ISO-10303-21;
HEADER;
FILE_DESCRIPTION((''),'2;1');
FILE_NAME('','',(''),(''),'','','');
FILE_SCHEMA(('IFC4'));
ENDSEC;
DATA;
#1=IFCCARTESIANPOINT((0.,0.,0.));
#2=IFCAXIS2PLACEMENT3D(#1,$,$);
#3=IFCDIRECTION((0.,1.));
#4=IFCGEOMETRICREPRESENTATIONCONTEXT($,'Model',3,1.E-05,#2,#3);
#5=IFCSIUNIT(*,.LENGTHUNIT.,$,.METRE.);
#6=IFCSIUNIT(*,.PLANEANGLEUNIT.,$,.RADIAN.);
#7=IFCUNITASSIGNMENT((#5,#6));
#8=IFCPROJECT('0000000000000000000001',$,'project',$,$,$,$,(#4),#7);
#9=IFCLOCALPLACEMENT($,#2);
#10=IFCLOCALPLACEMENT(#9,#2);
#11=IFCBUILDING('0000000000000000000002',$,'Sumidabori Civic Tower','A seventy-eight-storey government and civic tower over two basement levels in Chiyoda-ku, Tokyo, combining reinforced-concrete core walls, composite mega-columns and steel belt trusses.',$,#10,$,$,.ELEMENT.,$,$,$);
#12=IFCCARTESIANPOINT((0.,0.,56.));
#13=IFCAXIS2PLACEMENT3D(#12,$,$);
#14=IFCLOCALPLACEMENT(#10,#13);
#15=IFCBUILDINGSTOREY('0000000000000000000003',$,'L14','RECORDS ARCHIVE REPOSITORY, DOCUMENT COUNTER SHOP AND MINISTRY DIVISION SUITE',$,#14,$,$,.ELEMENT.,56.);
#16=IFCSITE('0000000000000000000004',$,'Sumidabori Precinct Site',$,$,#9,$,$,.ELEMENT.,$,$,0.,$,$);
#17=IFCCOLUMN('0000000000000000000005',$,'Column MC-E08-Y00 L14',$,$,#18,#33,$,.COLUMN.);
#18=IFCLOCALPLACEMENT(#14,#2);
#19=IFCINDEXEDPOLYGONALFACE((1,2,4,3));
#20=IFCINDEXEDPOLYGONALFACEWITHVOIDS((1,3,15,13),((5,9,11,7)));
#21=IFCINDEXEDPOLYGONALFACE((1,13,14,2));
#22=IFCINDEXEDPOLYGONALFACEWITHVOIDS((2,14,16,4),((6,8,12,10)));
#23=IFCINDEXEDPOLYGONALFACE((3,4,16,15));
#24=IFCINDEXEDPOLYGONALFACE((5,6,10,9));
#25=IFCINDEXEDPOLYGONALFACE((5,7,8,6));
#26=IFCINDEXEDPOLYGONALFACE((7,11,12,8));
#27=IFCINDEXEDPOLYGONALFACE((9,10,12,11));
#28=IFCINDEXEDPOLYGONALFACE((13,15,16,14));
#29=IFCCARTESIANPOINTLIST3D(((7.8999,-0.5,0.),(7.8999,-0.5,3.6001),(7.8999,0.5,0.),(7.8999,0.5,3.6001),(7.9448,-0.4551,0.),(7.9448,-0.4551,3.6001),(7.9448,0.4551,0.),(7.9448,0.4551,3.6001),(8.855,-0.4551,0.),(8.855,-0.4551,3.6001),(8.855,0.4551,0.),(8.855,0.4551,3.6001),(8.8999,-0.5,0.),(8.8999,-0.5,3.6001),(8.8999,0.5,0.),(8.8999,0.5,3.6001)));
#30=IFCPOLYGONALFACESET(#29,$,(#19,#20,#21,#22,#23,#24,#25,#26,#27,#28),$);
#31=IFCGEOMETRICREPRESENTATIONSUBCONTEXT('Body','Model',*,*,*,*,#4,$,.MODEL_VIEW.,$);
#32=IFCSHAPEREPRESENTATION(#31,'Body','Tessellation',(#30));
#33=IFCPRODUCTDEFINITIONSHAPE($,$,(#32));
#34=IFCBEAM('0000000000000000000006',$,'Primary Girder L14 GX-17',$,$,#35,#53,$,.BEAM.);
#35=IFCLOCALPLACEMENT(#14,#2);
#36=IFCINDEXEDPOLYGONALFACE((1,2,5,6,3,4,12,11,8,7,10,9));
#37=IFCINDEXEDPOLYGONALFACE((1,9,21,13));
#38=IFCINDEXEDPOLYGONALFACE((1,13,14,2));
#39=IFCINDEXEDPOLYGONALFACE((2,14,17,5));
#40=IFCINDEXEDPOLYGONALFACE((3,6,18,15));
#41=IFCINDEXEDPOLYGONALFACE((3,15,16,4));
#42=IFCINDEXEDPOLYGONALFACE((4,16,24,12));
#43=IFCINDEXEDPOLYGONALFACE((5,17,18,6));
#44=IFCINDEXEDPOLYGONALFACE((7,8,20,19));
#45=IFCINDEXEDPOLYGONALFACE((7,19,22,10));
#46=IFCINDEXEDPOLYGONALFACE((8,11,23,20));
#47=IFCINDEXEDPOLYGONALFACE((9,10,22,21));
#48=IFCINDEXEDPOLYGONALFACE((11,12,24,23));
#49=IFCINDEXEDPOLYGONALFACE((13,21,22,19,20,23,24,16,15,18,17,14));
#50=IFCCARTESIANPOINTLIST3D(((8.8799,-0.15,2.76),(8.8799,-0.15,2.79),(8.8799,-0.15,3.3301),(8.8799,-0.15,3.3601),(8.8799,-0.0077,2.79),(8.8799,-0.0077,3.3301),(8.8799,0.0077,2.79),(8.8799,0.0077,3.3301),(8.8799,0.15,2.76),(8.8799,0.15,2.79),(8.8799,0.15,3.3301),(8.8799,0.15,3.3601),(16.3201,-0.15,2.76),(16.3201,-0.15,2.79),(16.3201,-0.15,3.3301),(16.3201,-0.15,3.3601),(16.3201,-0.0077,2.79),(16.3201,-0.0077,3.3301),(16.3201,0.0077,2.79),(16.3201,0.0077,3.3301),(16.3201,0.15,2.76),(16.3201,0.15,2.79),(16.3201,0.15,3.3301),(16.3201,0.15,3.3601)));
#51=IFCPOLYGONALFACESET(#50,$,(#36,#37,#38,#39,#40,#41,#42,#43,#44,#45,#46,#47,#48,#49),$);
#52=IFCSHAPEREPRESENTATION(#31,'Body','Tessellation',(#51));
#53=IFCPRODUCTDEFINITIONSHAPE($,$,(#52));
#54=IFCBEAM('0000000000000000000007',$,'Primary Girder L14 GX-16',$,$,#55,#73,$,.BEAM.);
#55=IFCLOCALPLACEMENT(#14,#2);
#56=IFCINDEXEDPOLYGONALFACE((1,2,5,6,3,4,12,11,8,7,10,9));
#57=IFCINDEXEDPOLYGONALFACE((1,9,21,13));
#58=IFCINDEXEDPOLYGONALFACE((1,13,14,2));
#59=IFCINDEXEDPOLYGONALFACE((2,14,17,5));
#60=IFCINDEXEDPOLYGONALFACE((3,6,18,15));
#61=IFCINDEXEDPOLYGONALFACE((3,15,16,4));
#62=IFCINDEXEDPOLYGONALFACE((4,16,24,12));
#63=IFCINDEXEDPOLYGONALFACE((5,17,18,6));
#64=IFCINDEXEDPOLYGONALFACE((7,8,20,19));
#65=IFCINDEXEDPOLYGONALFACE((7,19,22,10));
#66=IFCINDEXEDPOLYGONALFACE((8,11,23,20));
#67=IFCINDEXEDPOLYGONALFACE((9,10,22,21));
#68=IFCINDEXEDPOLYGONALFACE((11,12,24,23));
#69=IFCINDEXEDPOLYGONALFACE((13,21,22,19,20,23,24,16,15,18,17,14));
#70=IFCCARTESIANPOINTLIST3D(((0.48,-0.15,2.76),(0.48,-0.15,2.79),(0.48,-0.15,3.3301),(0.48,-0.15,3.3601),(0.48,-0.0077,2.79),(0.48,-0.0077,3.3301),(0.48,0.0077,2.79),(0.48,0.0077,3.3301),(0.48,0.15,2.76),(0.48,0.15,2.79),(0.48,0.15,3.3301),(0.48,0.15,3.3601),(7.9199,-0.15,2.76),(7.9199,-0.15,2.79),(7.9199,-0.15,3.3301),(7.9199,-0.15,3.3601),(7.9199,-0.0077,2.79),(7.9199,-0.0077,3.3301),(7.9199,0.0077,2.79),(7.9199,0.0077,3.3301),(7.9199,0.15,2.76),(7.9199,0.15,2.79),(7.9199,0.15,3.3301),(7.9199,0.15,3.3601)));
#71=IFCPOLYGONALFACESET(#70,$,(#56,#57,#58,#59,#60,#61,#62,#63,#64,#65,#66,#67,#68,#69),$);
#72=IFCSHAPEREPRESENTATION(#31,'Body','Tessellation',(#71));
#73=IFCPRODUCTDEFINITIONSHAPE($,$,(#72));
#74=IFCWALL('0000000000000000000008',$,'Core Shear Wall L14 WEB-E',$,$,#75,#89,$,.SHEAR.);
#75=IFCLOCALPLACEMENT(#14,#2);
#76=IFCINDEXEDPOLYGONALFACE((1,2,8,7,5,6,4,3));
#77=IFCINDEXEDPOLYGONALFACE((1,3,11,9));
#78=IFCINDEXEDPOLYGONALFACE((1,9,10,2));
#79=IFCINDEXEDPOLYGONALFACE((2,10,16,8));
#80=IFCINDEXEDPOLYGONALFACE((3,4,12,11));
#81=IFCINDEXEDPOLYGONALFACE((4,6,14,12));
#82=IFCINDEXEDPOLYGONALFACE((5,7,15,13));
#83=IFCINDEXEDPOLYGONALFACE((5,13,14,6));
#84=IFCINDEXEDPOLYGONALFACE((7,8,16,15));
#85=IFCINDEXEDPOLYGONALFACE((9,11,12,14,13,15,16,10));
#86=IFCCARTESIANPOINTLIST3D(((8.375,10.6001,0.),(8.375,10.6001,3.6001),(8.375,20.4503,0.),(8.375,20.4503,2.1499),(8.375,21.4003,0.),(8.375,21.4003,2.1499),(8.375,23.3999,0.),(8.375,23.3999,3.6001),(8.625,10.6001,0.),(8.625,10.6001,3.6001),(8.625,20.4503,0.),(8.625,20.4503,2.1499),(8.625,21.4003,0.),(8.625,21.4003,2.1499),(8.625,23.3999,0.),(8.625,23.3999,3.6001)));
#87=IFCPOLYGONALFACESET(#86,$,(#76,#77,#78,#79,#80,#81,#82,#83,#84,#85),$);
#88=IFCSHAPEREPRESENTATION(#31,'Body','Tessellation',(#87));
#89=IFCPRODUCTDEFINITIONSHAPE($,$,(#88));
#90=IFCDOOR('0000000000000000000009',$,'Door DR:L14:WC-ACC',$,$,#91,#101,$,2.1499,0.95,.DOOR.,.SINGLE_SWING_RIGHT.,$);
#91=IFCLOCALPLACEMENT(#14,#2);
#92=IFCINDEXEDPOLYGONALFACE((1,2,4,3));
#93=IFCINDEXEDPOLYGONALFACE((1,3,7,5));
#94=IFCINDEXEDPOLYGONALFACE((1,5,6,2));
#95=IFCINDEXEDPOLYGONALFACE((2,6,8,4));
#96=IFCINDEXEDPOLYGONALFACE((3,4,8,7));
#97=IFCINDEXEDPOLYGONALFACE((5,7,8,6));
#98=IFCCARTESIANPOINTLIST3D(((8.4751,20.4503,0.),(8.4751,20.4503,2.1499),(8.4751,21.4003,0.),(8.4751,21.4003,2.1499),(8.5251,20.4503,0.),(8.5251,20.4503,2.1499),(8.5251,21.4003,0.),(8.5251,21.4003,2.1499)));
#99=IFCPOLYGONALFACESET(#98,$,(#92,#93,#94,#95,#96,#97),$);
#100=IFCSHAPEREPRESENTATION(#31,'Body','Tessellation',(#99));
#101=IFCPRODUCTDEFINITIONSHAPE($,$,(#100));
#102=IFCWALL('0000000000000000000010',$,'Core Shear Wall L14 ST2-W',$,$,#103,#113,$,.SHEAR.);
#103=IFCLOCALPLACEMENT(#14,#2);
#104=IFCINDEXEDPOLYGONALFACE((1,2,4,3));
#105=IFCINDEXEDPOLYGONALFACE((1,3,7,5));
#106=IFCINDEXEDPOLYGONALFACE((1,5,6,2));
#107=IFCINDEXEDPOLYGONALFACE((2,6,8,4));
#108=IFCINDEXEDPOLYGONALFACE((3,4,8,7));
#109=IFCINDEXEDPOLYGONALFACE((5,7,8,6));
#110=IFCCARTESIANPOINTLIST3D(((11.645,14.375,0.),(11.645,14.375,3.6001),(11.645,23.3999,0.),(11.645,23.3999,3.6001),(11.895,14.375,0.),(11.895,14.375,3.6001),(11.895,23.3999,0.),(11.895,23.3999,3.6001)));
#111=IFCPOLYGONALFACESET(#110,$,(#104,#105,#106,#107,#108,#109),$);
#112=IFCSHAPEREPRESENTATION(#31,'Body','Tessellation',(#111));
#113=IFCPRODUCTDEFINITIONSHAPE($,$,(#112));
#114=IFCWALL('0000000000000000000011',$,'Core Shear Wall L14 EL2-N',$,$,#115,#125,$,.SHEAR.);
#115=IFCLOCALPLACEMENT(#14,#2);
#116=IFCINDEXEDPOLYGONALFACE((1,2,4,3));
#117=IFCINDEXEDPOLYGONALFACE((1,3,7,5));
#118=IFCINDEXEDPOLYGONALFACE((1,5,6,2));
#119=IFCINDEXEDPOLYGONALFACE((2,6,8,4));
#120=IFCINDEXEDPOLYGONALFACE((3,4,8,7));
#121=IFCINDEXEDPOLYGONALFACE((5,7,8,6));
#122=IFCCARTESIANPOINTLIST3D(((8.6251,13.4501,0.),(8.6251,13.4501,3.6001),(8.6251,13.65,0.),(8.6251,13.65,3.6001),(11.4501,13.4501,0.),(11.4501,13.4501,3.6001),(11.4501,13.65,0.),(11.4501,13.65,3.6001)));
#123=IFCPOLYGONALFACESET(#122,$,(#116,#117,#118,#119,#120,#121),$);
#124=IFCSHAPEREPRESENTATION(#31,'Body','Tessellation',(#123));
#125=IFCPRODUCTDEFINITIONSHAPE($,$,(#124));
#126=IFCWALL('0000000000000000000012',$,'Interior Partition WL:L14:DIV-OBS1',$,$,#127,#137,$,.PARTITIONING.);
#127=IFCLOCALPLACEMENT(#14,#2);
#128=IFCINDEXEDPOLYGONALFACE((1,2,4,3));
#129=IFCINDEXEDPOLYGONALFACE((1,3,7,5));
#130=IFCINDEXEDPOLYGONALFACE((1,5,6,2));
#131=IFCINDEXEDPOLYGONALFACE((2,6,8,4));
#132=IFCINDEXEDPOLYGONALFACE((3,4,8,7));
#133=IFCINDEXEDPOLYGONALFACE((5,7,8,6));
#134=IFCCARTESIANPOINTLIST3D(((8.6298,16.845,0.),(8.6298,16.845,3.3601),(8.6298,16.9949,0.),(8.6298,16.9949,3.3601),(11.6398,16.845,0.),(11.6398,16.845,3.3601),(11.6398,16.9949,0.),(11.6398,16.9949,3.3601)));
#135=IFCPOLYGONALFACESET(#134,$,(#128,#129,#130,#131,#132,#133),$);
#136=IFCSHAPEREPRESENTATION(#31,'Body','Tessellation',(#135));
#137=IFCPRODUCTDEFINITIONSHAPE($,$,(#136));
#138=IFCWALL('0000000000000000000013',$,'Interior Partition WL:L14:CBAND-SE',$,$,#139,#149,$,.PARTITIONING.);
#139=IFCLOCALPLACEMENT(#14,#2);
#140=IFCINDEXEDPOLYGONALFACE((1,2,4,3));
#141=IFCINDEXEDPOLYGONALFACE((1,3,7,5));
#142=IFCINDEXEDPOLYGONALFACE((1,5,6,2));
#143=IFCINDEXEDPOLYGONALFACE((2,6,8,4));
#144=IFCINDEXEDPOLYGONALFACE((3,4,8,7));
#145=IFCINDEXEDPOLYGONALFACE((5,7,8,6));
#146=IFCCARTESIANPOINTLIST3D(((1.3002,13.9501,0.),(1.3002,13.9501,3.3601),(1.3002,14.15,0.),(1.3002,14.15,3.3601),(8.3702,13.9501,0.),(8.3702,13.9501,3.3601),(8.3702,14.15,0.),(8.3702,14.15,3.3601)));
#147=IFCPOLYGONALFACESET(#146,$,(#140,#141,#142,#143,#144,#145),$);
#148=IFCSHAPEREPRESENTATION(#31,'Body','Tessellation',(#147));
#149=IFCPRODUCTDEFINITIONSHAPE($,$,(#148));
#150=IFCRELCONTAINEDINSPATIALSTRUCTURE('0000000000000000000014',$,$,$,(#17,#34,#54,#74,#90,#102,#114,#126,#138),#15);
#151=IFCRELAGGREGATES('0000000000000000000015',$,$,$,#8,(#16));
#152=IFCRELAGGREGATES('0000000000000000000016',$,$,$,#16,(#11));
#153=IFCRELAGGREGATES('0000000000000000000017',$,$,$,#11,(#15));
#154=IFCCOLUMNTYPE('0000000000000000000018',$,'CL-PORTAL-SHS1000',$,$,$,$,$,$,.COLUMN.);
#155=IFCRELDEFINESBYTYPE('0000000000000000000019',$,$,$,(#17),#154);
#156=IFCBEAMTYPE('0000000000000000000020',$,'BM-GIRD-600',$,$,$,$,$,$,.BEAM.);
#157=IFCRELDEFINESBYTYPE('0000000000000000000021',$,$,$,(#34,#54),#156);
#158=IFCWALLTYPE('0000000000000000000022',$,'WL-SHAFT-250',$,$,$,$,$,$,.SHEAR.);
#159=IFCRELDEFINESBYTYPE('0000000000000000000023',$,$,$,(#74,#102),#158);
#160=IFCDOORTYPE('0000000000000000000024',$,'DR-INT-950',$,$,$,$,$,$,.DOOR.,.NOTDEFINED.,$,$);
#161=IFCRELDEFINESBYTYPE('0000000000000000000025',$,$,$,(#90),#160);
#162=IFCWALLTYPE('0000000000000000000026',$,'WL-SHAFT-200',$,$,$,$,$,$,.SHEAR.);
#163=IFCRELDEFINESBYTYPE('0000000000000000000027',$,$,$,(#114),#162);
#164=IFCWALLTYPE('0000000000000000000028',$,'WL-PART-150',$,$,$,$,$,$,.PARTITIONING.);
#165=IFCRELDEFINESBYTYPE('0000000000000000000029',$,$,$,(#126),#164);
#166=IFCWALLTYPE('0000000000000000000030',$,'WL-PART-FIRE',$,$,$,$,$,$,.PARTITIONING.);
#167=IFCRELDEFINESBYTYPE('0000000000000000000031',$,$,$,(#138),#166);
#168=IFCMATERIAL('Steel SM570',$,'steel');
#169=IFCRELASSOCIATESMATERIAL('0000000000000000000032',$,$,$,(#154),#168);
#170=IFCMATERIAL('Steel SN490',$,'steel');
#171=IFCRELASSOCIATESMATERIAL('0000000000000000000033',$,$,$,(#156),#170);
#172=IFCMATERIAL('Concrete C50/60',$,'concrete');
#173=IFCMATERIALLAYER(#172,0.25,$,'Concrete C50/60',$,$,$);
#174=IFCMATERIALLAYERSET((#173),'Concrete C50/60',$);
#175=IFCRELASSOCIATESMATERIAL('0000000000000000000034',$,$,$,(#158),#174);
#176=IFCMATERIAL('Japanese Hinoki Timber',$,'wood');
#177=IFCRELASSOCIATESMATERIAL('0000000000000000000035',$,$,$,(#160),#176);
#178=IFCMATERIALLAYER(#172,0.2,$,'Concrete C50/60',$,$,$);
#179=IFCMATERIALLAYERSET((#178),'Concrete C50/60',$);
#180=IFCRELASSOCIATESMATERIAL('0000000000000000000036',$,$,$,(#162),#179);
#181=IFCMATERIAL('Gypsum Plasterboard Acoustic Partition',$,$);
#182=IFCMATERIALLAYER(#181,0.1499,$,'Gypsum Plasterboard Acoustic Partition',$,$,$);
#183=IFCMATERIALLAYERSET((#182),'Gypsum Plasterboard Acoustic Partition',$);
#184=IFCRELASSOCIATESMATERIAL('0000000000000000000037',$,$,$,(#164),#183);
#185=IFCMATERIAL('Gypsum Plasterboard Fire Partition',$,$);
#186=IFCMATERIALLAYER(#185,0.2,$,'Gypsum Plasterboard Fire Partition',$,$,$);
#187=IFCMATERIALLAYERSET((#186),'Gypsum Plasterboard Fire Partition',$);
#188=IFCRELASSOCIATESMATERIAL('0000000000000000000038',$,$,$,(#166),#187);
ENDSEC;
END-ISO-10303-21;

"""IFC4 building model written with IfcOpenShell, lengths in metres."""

from ifc_helpers import new_model, si_unit, direction, frame, frame_2d, origin, origin_2d, place, context, subcontext, project, spatial, rectangle, hollow_rectangle, i_section, extrude, source, transform, mapped, material, layer, layer_set, material_profile, profile_set, type_object, element, fill, save


model = new_model("IFC4")

# Units and contexts
model_context = context("Model", 3, precision=1e-05, world=origin(), true_north=direction((0.0, 1.0)))
body_context = subcontext(model_context, "Body", "Model", "MODEL_VIEW")
ifc_project = project(units=[si_unit("LENGTHUNIT", "METRE"), si_unit("PLANEANGLEUNIT", "RADIAN")], contexts=[model_context])

# Site, building, storey
site_placement = place(None, origin())
site = spatial("IfcSite", under=ifc_project, at=site_placement, Name="Sumidabori Precinct Site", CompositionType="ELEMENT", RefElevation=0.0)
building_placement = place(site_placement, origin())
building = spatial("IfcBuilding", under=site, at=building_placement, Name="Sumidabori Civic Tower", Description="A seventy-eight-storey government and civic tower over two basement levels in Chiyoda-ku, Tokyo, combining reinforced-concrete core walls, composite mega-columns and steel belt trusses.", CompositionType="ELEMENT")
storey_placement = place(building_placement, frame((0.0, 0.0, 56.0)))
storey = spatial("IfcBuildingStorey", under=building, at=storey_placement, Name="L14", Description="RECORDS ARCHIVE REPOSITORY, DOCUMENT COUNTER SHOP AND MINISTRY DIVISION SUITE", CompositionType="ELEMENT", Elevation=56.0)

# Column
ifc_material_1 = material(Name="Steel SM570", Category="steel")
ifc_material_profile_1 = material_profile(ifc_material_1, hollow_rectangle(XDim=1.0, YDim=1.0, WallThickness=0.0449, at=origin_2d()), Name="SHS 1000x1000x45")
ifc_profile_set_1 = profile_set([ifc_material_profile_1], Name="Steel SM570")
column_type = type_object("IfcColumnType", Name="CL-PORTAL-SHS1000", PredefinedType="COLUMN", material=ifc_profile_set_1)
shared_shape_1 = source(origin(), body_context, "Body", "SweptSolid", [
    extrude(hollow_rectangle(XDim=1.0, YDim=1.0, WallThickness=0.0449, at=origin_2d()), origin(), (0.0, 0.0, 1.0), 3.6001),
])
column_placement = place(storey_placement, frame((8.3999, 0.0, 0.0), z_axis=(0.0, 0.0, 1.0), x_axis=(1.0, 0.0, 0.0)))
element("IfcColumn", 1, at=column_placement, inside=storey, type_object=column_type, Name="Column MC-E08-Y00 L14", PredefinedType="COLUMN", context=body_context, shape_type="MappedRepresentation", body=[
    mapped(shared_shape_1, transform((0.0, 0.0, 0.0), x_axis=(1.0, 0.0, 0.0), y_axis=(0.0, 1.0, 0.0), z_axis=(0.0, 0.0, 1.0), scale=1.0)),
])

# Beams
ifc_material_2 = material(Name="Steel SN490", Category="steel")
ifc_material_profile_2 = material_profile(ifc_material_2, i_section(OverallWidth=0.3, OverallDepth=0.6001, WebThickness=0.0154, FlangeThickness=0.03, at=origin_2d()), Name="HE 600 B")
ifc_profile_set_2 = profile_set([ifc_material_profile_2], Name="Steel SN490")
beam_type = type_object("IfcBeamType", Name="BM-GIRD-600", PredefinedType="BEAM", material=ifc_profile_set_2)
shared_shape_2 = source(origin(), body_context, "Body", "SweptSolid", [
    extrude(i_section(OverallWidth=0.3, OverallDepth=0.6001, WebThickness=0.0154, FlangeThickness=0.03, at=origin_2d()), origin(), (0.0, 0.0, 1.0), 7.4402),
])
beam_1_placement = place(storey_placement, frame((8.8799, 0.0, 3.0601), z_axis=(1.0, 0.0, 0.0), x_axis=(0.0, 1.0, 0.0)))
element("IfcBeam", 2, at=beam_1_placement, inside=storey, type_object=beam_type, Name="Primary Girder L14 GX-17", PredefinedType="BEAM", context=body_context, shape_type="MappedRepresentation", body=[
    mapped(shared_shape_2, transform((0.0, 0.0, 0.0), x_axis=(1.0, 0.0, 0.0), y_axis=(0.0, 1.0, 0.0), z_axis=(0.0, 0.0, 1.0), scale=1.0)),
])
shared_shape_3 = source(origin(), body_context, "Body", "SweptSolid", [
    extrude(i_section(OverallWidth=0.3, OverallDepth=0.6001, WebThickness=0.0154, FlangeThickness=0.03, at=origin_2d()), origin(), (0.0, 0.0, 1.0), 7.4399),
])
beam_2_placement = place(storey_placement, frame((0.48, 0.0, 3.0601), z_axis=(1.0, 0.0, 0.0), x_axis=(0.0, 1.0, 0.0)))
element("IfcBeam", 3, at=beam_2_placement, inside=storey, type_object=beam_type, Name="Primary Girder L14 GX-16", PredefinedType="BEAM", context=body_context, shape_type="MappedRepresentation", body=[
    mapped(shared_shape_3, transform((0.0, 0.0, 0.0), x_axis=(1.0, 0.0, 0.0), y_axis=(0.0, 1.0, 0.0), z_axis=(0.0, 0.0, 1.0), scale=1.0)),
])

# Wall, opening, door
ifc_material_3 = material(Name="Concrete C50/60", Category="concrete")
ifc_layer_1 = layer(ifc_material_3, 0.25, Name="Concrete C50/60")
ifc_layer_set_1 = layer_set([ifc_layer_1], Name="Concrete C50/60")
wall_type_1 = type_object("IfcWallType", Name="WL-SHAFT-250", PredefinedType="SHEAR", material=ifc_layer_set_1)
shared_shape_4 = source(origin(), body_context, "Body", "SweptSolid", [
    extrude(rectangle(XDim=12.7998, YDim=0.25, at=frame_2d((6.3999, 0.0))), origin(), (0.0, 0.0, 1.0), 3.6001),
])
wall_1_placement = place(storey_placement, frame((8.5, 10.6001, 0.0), z_axis=(0.0, 0.0, 1.0), x_axis=(0.0, 1.0, 0.0)))
wall_1 = element("IfcWall", 4, at=wall_1_placement, inside=storey, type_object=wall_type_1, Name="Core Shear Wall L14 WEB-E", PredefinedType="SHEAR", context=body_context, shape_type="MappedRepresentation", body=[
    mapped(shared_shape_4, transform((0.0, 0.0, 0.0), x_axis=(1.0, 0.0, 0.0), y_axis=(0.0, 1.0, 0.0), z_axis=(0.0, 0.0, 1.0), scale=1.0)),
])
opening_1_placement = place(wall_1_placement, frame((9.8501, 0.0, 0.0)))
opening_1 = element("IfcOpeningElement", 5, at=opening_1_placement, cuts=wall_1, PredefinedType="OPENING", context=body_context, shape_type="SweptSolid", body=[
    extrude(rectangle(XDim=0.95, YDim=2.1499, at=frame_2d((0.4751, 1.075))), frame((0.0, 0.137, 0.0), z_axis=(0.0, -1.0, 0.0), x_axis=(1.0, 0.0, 0.0)), (0.0, 0.0, 1.0), 0.2739),
])
ifc_material_4 = material(Name="Japanese Hinoki Timber", Category="wood")
door_type_1 = type_object("IfcDoorType", Name="DR-INT-950", OperationType="NOTDEFINED", PredefinedType="DOOR", material=ifc_material_4)
shared_shape_5 = source(origin(), body_context, "Body", "SweptSolid", [
    extrude(rectangle(XDim=0.95, YDim=2.1499, at=frame_2d((0.4751, 1.075))), frame((0.0, 0.0249, 0.0), z_axis=(0.0, -1.0, 0.0), x_axis=(1.0, 0.0, 0.0)), (0.0, 0.0, 1.0), 0.05),
])
door_1_placement = place(opening_1_placement, origin())
door_1 = element("IfcDoor", 6, at=door_1_placement, inside=storey, type_object=door_type_1, Name="Door DR:L14:WC-ACC", OperationType="SINGLE_SWING_RIGHT", OverallHeight=2.1499, OverallWidth=0.95, PredefinedType="DOOR", context=body_context, shape_type="MappedRepresentation", body=[
    mapped(shared_shape_5, transform((0.0, 0.0, 0.0), x_axis=(1.0, 0.0, 0.0), y_axis=(0.0, 1.0, 0.0), z_axis=(0.0, 0.0, 1.0), scale=1.0)),
])
fill(opening_1, door_1)

# Wall
shared_shape_6 = source(origin(), body_context, "Body", "SweptSolid", [
    extrude(rectangle(XDim=9.0249, YDim=0.25, at=frame_2d((4.5125, 0.0))), origin(), (0.0, 0.0, 1.0), 3.6001),
])
wall_2_placement = place(storey_placement, frame((11.77, 14.375, 0.0), z_axis=(0.0, 0.0, 1.0), x_axis=(0.0, 1.0, 0.0)))
element("IfcWall", 7, at=wall_2_placement, inside=storey, type_object=wall_type_1, Name="Core Shear Wall L14 ST2-W", PredefinedType="SHEAR", context=body_context, shape_type="MappedRepresentation", body=[
    mapped(shared_shape_6, transform((0.0, 0.0, 0.0), x_axis=(1.0, 0.0, 0.0), y_axis=(0.0, 1.0, 0.0), z_axis=(0.0, 0.0, 1.0), scale=1.0)),
])

# Shared definitions
ifc_layer_2 = layer(ifc_material_3, 0.2, Name="Concrete C50/60")
ifc_layer_set_2 = layer_set([ifc_layer_2], Name="Concrete C50/60")
wall_type_2 = type_object("IfcWallType", Name="WL-SHAFT-200", PredefinedType="SHEAR", material=ifc_layer_set_2)

# Walls
shared_shape_7 = source(origin(), body_context, "Body", "SweptSolid", [
    extrude(rectangle(XDim=2.825, YDim=0.2, at=frame_2d((1.4126, 0.0))), origin(), (0.0, 0.0, 1.0), 3.6001),
])
wall_3_placement = place(storey_placement, frame((8.625, 13.55, 0.0), z_axis=(0.0, 0.0, 1.0), x_axis=(1.0, 0.0, 0.0)))
element("IfcWall", 8, at=wall_3_placement, inside=storey, type_object=wall_type_2, Name="Core Shear Wall L14 EL2-N", PredefinedType="SHEAR", context=body_context, shape_type="MappedRepresentation", body=[
    mapped(shared_shape_7, transform((0.0, 0.0, 0.0), x_axis=(1.0, 0.0, 0.0), y_axis=(0.0, 1.0, 0.0), z_axis=(0.0, 0.0, 1.0), scale=1.0)),
])
ifc_material_5 = material(Name="Gypsum Plasterboard Acoustic Partition")
ifc_layer_3 = layer(ifc_material_5, 0.1499, Name="Gypsum Plasterboard Acoustic Partition")
ifc_layer_set_3 = layer_set([ifc_layer_3], Name="Gypsum Plasterboard Acoustic Partition")
wall_type_3 = type_object("IfcWallType", Name="WL-PART-150", PredefinedType="PARTITIONING", material=ifc_layer_set_3)
shared_shape_8 = source(origin(), body_context, "Body", "SweptSolid", [
    extrude(rectangle(XDim=3.01, YDim=0.1499, at=frame_2d((1.5049, 0.0))), origin(), (0.0, 0.0, 1.0), 3.3601),
])
wall_4_placement = place(storey_placement, frame((8.6299, 16.9199, 0.0), z_axis=(0.0, 0.0, 1.0), x_axis=(1.0, 0.0, 0.0)))
element("IfcWall", 9, at=wall_4_placement, inside=storey, type_object=wall_type_3, Name="Interior Partition WL:L14:DIV-OBS1", PredefinedType="PARTITIONING", context=body_context, shape_type="MappedRepresentation", body=[
    mapped(shared_shape_8, transform((0.0, 0.0, 0.0), x_axis=(1.0, 0.0, 0.0), y_axis=(0.0, 1.0, 0.0), z_axis=(0.0, 0.0, 1.0), scale=1.0)),
])
ifc_material_6 = material(Name="Gypsum Plasterboard Fire Partition")
ifc_layer_4 = layer(ifc_material_6, 0.2, Name="Gypsum Plasterboard Fire Partition")
ifc_layer_set_4 = layer_set([ifc_layer_4], Name="Gypsum Plasterboard Fire Partition")
wall_type_4 = type_object("IfcWallType", Name="WL-PART-FIRE", PredefinedType="PARTITIONING", material=ifc_layer_set_4)
shared_shape_9 = source(origin(), body_context, "Body", "SweptSolid", [
    extrude(rectangle(XDim=7.0701, YDim=0.2, at=frame_2d((3.5352, 0.0))), origin(), (0.0, 0.0, 1.0), 3.3601),
])
wall_5_placement = place(storey_placement, frame((1.3, 14.05, 0.0), z_axis=(0.0, 0.0, 1.0), x_axis=(1.0, 0.0, 0.0)))
element("IfcWall", 10, at=wall_5_placement, inside=storey, type_object=wall_type_4, Name="Interior Partition WL:L14:CBAND-SE", PredefinedType="PARTITIONING", context=body_context, shape_type="MappedRepresentation", body=[
    mapped(shared_shape_9, transform((0.0, 0.0, 0.0), x_axis=(1.0, 0.0, 0.0), y_axis=(0.0, 1.0, 0.0), z_axis=(0.0, 0.0, 1.0), scale=1.0)),
])

save(model, "model.ifc")
